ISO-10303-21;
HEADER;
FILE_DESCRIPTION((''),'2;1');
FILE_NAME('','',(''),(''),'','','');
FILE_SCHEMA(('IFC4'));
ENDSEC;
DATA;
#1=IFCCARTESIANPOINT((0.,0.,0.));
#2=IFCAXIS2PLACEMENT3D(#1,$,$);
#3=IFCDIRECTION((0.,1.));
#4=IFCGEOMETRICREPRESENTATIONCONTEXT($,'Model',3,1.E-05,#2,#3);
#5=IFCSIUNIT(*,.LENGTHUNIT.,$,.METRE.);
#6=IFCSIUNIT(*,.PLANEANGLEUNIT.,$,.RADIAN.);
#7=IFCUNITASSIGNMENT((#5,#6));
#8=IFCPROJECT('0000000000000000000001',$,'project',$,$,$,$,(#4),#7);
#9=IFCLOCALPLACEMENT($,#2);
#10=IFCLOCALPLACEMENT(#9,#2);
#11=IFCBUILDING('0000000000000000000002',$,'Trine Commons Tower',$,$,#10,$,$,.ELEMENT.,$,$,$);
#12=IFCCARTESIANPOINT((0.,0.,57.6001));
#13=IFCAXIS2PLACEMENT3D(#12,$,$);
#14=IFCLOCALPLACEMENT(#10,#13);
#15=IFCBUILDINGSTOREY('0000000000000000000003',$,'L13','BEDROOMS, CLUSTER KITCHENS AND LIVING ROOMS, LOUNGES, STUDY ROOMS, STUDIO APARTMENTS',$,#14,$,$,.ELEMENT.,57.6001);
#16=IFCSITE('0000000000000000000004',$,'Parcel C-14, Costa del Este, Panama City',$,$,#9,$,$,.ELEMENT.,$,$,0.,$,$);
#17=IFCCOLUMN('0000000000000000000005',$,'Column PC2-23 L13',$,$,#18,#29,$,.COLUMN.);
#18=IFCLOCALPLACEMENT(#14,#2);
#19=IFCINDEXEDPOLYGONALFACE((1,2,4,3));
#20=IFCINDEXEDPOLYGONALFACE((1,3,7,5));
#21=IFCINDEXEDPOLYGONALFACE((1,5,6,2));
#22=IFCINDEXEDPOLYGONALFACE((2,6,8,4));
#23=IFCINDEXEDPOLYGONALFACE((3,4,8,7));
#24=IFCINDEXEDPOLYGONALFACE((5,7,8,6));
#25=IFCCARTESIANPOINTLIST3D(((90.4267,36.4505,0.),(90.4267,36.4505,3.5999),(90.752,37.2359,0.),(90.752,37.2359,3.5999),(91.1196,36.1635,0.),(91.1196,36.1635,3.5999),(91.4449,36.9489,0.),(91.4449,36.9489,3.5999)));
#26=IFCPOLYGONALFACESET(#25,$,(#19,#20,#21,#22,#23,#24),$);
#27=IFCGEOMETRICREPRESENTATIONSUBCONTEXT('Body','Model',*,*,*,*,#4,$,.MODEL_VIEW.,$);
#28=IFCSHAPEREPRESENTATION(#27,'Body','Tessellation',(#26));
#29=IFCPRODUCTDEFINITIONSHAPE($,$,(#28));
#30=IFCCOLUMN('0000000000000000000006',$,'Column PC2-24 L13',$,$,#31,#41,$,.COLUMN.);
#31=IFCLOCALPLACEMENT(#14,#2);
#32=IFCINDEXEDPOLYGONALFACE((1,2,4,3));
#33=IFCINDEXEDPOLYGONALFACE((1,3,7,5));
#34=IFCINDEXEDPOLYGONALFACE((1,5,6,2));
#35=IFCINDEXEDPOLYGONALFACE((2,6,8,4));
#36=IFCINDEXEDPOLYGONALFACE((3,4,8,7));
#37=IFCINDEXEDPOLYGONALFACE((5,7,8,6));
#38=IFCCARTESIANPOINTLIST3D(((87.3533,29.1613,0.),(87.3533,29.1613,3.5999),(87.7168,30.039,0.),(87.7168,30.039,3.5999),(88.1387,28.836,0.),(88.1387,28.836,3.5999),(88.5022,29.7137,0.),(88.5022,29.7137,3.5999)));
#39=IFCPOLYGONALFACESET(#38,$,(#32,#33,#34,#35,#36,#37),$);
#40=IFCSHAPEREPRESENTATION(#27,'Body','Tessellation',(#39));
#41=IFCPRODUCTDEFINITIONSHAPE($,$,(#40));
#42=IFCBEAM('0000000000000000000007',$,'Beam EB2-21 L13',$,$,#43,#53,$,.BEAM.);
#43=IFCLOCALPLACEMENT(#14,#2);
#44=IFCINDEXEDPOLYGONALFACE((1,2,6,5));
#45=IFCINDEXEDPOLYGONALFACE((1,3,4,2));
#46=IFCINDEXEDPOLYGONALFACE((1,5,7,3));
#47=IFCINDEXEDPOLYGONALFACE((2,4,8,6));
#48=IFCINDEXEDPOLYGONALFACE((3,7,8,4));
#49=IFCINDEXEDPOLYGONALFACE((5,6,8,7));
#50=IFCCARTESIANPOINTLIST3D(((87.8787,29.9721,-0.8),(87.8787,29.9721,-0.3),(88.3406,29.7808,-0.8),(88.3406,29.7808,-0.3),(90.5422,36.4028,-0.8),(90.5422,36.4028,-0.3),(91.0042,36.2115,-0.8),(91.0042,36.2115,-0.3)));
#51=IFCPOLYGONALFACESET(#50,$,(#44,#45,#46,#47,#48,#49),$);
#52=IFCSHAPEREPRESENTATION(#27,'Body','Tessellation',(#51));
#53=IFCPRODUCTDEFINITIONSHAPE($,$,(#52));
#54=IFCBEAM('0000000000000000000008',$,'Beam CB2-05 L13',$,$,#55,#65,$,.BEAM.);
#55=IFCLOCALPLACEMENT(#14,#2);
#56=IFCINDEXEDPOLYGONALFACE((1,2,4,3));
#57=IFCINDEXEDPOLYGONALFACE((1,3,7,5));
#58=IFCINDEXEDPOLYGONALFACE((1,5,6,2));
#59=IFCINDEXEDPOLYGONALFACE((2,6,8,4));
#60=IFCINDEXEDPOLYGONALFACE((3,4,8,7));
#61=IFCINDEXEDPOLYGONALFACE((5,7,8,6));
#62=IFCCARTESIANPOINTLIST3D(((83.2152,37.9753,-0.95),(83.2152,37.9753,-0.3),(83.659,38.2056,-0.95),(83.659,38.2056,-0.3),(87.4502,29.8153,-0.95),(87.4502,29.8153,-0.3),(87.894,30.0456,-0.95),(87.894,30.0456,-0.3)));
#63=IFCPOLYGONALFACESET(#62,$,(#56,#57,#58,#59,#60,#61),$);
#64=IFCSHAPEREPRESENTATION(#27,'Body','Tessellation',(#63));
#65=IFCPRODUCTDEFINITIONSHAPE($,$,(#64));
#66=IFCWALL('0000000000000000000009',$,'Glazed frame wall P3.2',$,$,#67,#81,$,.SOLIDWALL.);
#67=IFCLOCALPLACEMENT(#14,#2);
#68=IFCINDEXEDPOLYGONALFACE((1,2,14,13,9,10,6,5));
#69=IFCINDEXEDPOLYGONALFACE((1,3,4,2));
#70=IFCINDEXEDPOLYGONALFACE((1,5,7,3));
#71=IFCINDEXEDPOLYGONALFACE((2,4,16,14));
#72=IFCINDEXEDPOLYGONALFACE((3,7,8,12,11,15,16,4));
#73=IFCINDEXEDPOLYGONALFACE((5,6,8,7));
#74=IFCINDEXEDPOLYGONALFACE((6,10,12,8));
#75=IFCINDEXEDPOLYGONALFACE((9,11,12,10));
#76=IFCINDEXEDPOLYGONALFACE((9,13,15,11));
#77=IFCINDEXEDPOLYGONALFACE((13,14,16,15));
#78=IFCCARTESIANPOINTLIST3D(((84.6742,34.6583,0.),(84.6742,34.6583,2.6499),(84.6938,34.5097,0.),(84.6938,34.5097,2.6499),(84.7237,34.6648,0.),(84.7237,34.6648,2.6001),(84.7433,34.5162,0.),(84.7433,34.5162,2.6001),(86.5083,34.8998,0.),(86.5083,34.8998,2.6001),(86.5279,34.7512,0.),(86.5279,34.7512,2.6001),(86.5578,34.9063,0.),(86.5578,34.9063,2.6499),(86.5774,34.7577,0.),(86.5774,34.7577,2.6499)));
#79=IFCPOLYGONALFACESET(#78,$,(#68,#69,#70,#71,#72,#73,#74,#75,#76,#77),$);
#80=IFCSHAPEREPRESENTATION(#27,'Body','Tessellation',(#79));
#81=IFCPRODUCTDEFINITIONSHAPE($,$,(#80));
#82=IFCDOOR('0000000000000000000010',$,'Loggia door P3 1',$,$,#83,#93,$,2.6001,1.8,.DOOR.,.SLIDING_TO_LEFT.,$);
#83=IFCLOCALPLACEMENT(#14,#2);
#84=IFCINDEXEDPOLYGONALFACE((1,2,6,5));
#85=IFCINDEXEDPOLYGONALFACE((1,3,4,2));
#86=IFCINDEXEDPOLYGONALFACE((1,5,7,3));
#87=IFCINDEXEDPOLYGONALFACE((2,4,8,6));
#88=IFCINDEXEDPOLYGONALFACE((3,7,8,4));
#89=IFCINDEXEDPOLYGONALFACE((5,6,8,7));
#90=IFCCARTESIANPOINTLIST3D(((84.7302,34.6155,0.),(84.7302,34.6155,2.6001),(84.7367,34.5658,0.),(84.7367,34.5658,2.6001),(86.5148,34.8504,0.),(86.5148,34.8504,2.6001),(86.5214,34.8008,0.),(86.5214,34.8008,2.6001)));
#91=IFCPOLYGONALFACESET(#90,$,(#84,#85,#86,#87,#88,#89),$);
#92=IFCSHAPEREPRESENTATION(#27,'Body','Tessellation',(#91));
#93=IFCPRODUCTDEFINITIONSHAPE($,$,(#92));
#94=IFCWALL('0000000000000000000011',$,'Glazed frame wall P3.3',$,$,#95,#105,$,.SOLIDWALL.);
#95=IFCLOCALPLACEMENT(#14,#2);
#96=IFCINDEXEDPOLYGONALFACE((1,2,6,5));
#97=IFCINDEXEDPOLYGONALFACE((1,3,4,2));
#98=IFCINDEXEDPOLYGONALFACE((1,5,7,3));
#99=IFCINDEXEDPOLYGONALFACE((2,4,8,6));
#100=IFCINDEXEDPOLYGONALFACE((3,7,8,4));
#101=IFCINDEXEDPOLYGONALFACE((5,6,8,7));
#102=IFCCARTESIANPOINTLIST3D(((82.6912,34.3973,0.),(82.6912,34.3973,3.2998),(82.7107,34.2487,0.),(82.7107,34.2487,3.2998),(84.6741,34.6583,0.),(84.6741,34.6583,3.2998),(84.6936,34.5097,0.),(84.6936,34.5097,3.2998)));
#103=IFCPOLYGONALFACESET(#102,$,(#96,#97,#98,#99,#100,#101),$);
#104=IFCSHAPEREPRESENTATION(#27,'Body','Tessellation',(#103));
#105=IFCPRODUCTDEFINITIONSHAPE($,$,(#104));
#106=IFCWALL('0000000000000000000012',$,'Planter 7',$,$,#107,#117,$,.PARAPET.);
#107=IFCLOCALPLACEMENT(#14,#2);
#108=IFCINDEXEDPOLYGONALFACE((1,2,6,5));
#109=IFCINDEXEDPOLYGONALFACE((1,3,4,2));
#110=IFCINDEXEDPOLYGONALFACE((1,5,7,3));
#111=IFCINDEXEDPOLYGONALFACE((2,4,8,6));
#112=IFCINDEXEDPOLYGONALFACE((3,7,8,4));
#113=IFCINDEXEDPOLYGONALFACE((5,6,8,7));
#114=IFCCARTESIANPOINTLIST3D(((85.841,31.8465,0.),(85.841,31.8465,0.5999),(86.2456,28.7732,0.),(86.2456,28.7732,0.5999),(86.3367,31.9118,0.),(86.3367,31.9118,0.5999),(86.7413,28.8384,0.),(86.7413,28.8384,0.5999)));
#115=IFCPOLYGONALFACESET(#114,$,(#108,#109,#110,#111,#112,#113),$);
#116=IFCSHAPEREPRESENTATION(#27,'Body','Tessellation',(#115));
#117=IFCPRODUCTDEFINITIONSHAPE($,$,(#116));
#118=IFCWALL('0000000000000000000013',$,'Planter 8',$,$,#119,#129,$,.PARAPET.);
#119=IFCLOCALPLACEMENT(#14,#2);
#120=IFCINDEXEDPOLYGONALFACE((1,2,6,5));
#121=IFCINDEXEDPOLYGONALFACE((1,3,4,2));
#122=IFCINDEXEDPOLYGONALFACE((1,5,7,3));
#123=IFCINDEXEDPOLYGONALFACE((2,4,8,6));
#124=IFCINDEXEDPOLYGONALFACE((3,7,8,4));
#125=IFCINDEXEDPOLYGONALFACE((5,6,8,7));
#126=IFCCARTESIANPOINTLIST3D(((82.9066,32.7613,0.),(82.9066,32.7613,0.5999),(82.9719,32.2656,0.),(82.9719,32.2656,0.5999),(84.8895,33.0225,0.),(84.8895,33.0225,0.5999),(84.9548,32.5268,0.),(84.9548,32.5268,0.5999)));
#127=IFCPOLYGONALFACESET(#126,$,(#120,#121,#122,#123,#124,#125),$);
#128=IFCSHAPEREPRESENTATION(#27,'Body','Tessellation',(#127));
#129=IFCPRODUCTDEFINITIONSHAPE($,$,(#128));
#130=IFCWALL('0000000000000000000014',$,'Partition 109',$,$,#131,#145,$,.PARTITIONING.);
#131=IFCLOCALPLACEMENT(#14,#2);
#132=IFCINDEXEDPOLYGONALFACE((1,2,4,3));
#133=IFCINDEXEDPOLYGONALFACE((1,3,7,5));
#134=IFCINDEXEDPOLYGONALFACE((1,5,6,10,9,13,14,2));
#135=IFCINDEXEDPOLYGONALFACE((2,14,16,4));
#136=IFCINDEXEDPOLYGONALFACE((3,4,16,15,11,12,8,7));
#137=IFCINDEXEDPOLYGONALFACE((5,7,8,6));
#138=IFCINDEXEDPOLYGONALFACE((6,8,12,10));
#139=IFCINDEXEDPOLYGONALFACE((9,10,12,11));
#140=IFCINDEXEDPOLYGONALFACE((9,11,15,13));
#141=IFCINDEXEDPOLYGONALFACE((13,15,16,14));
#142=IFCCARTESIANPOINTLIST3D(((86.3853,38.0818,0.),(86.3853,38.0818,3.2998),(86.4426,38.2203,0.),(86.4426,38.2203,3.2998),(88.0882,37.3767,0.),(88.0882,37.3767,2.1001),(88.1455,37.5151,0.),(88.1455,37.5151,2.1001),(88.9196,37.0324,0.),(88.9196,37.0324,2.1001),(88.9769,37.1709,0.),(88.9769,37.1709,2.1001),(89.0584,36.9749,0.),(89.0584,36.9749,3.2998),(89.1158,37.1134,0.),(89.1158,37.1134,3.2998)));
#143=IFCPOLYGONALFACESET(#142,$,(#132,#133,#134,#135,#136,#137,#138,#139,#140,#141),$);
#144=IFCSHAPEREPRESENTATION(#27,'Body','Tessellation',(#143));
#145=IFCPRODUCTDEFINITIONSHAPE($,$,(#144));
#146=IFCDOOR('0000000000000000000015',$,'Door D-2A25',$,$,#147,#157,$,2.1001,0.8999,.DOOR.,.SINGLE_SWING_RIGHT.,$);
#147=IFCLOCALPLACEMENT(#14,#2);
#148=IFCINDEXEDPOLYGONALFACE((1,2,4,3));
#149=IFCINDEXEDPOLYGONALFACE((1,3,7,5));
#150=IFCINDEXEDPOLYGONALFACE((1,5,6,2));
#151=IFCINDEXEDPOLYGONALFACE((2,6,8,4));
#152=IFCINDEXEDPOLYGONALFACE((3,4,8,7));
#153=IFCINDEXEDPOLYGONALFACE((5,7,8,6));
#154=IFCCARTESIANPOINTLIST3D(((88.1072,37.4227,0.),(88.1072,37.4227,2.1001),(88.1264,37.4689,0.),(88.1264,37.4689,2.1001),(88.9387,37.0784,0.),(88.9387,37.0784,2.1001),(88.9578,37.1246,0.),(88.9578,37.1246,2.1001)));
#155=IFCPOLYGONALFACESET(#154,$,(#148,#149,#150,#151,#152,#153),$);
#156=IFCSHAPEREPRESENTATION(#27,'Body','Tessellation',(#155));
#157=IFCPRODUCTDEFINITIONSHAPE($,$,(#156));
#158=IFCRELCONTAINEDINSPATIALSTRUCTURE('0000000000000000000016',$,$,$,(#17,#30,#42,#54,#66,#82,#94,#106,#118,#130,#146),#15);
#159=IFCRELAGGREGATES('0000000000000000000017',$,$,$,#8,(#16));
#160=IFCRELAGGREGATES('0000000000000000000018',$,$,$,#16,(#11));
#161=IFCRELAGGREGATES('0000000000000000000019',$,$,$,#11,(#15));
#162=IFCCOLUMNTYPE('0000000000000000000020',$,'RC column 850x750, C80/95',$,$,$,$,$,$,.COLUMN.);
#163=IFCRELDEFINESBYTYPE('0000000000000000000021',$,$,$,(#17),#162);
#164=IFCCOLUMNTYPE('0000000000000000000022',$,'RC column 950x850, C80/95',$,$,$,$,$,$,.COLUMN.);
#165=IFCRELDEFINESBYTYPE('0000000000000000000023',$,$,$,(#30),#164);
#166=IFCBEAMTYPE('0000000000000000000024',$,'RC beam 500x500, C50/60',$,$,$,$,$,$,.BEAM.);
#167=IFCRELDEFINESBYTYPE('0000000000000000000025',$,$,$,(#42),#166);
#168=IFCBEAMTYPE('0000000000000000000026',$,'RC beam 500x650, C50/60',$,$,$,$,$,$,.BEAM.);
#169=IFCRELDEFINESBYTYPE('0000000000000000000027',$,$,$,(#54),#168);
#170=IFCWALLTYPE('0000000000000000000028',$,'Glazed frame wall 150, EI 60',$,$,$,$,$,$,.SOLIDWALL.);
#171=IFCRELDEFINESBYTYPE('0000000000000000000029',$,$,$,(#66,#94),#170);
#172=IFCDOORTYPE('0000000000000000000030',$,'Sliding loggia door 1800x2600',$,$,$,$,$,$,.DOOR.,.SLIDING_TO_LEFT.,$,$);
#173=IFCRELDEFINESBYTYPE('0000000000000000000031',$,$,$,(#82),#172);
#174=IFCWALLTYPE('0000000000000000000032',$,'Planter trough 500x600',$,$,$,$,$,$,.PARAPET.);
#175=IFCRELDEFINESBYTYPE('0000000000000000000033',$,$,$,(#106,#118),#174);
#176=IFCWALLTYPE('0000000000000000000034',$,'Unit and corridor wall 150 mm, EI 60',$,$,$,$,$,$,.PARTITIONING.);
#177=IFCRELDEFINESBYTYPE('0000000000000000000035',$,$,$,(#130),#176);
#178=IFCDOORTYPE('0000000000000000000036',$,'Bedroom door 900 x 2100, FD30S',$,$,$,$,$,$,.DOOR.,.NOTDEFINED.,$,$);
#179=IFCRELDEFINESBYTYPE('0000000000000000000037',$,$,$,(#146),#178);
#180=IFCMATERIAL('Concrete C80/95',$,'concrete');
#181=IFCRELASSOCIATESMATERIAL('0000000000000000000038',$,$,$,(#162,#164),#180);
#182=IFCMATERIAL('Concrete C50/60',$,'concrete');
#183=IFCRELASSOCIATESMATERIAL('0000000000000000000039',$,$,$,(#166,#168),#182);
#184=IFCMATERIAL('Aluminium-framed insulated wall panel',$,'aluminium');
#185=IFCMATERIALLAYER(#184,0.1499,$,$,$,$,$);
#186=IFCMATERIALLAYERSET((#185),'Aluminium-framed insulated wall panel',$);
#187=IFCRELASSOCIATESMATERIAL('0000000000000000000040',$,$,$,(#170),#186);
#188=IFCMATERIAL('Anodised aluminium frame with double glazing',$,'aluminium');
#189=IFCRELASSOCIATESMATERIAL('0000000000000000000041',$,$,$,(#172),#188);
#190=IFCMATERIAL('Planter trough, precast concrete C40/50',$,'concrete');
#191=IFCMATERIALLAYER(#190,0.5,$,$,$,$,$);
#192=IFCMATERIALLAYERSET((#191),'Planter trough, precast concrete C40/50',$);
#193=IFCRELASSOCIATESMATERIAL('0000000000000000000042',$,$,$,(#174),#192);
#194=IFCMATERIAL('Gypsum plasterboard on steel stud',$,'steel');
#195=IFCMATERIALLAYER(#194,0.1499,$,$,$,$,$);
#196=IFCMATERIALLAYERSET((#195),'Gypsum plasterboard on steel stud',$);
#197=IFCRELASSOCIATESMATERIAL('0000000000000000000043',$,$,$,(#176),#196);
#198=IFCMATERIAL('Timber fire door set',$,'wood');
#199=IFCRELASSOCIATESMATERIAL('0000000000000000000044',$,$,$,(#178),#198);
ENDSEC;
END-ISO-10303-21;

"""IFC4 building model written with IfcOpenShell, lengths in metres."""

from ifc_helpers import new_model, si_unit, direction, frame, frame_2d, origin, origin_2d, place, context, subcontext, project, spatial, polyline, rectangle, outline, extrude, material, layer, layer_set, material_profile, profile_set, type_object, element, fill, save


model = new_model("IFC4")

# Units and contexts
model_context = context("Model", 3, precision=1e-05, world=origin(), true_north=direction((0.0, 1.0)))
body_context = subcontext(model_context, "Body", "Model", "MODEL_VIEW")
ifc_project = project(units=[si_unit("LENGTHUNIT", "METRE"), si_unit("PLANEANGLEUNIT", "RADIAN")], contexts=[model_context])

# Site, building, storey
site_placement = place(None, origin())
site = spatial("IfcSite", under=ifc_project, at=site_placement, Name="Parcel C-14, Costa del Este, Panama City", CompositionType="ELEMENT", RefElevation=0.0)
building_placement = place(site_placement, origin())
building = spatial("IfcBuilding", under=site, at=building_placement, Name="Trine Commons Tower", CompositionType="ELEMENT")
storey_placement = place(building_placement, frame((0.0, 0.0, 57.6001)))
storey = spatial("IfcBuildingStorey", under=building, at=storey_placement, Name="L13", Description="BEDROOMS, CLUSTER KITCHENS AND LIVING ROOMS, LOUNGES, STUDY ROOMS, STUDIO APARTMENTS", CompositionType="ELEMENT", Elevation=57.6001)

# Columns
ifc_material_1 = material(Name="Concrete C80/95", Category="concrete")
ifc_material_profile_1 = material_profile(ifc_material_1, rectangle(XDim=0.8501, YDim=0.75, at=origin_2d()), Name="RC 850x750")
ifc_profile_set_1 = profile_set([ifc_material_profile_1], Name="Concrete C80/95")
column_type_1 = type_object("IfcColumnType", Name="RC column 850x750, C80/95", PredefinedType="COLUMN", material=ifc_profile_set_1)
column_1_placement = place(storey_placement, frame((90.9358, 36.6997, 0.0), z_axis=(0.0, 0.0, 1.0), x_axis=(0.382683, 0.92388, 0.0)))
element("IfcColumn", 1, at=column_1_placement, inside=storey, type_object=column_type_1, Name="Column PC2-23 L13", PredefinedType="COLUMN", context=body_context, shape_type="SweptSolid", body=[
    extrude(rectangle(XDim=0.8501, YDim=0.75, at=origin_2d()), origin(), (0.0, 0.0, 1.0), 3.5999),
])
ifc_material_profile_2 = material_profile(ifc_material_1, rectangle(XDim=0.95, YDim=0.8501, at=origin_2d()), Name="RC 950x850")
ifc_profile_set_2 = profile_set([ifc_material_profile_2], Name="Concrete C80/95")
column_type_2 = type_object("IfcColumnType", Name="RC column 950x850, C80/95", PredefinedType="COLUMN", material=ifc_profile_set_2)
column_2_placement = place(storey_placement, frame((87.9277, 29.4375, 0.0), z_axis=(0.0, 0.0, 1.0), x_axis=(0.382683, 0.92388, 0.0)))
element("IfcColumn", 2, at=column_2_placement, inside=storey, type_object=column_type_2, Name="Column PC2-24 L13", PredefinedType="COLUMN", context=body_context, shape_type="SweptSolid", body=[
    extrude(rectangle(XDim=0.95, YDim=0.8501, at=origin_2d()), origin(), (0.0, 0.0, 1.0), 3.5999),
])

# Beams
ifc_material_2 = material(Name="Concrete C50/60", Category="concrete")
ifc_material_profile_3 = material_profile(ifc_material_2, rectangle(XDim=0.5, YDim=0.5, at=origin_2d()), Name="RC 500x500")
ifc_profile_set_3 = profile_set([ifc_material_profile_3], Name="Concrete C50/60")
beam_type_1 = type_object("IfcBeamType", Name="RC beam 500x500, C50/60", PredefinedType="BEAM", material=ifc_profile_set_3)
beam_1_placement = place(storey_placement, frame((90.7732, 36.3071, -0.55), z_axis=(-0.382672, -0.923884, 0.0), x_axis=(0.923884, -0.382672, 0.0)))
element("IfcBeam", 3, at=beam_1_placement, inside=storey, type_object=beam_type_1, Name="Beam EB2-21 L13", PredefinedType="BEAM", context=body_context, shape_type="SweptSolid", body=[
    extrude(rectangle(XDim=0.5, YDim=0.5, at=origin_2d()), origin(), (0.0, 0.0, 1.0), 6.9604),
])
ifc_material_profile_4 = material_profile(ifc_material_2, rectangle(XDim=0.5, YDim=0.6499, at=origin_2d()), Name="RC 500x650")
ifc_profile_set_4 = profile_set([ifc_material_profile_4], Name="Concrete C50/60")
beam_type_2 = type_object("IfcBeamType", Name="RC beam 500x650, C50/60", PredefinedType="BEAM", material=ifc_profile_set_4)
beam_2_placement = place(storey_placement, frame((87.6721, 29.9304, -0.625), z_axis=(-0.460653, 0.88758, 0.0), x_axis=(-0.88758, -0.460653, 0.0)))
element("IfcBeam", 4, at=beam_2_placement, inside=storey, type_object=beam_type_2, Name="Beam CB2-05 L13", PredefinedType="BEAM", context=body_context, shape_type="SweptSolid", body=[
    extrude(rectangle(XDim=0.5, YDim=0.6499, at=origin_2d()), origin(), (0.0, 0.0, 1.0), 9.1936),
])

# Shared definitions
ifc_material_3 = material(Name="Aluminium-framed insulated wall panel", Category="aluminium")
ifc_layer_1 = layer(ifc_material_3, 0.1499)
ifc_layer_set_1 = layer_set([ifc_layer_1], Name="Aluminium-framed insulated wall panel")
wall_type_1 = type_object("IfcWallType", Name="Glazed frame wall 150, EI 60", PredefinedType="SOLIDWALL", material=ifc_layer_set_1)

# Wall, opening, door
wall_1_placement = place(storey_placement, frame((86.5676, 34.832, 0.0), z_axis=(0.0, 0.0, 1.0), x_axis=(-0.991442, -0.130548, 0.0)))
wall_1 = element("IfcWall", 5, at=wall_1_placement, inside=storey, type_object=wall_type_1, Name="Glazed frame wall P3.2", PredefinedType="SOLIDWALL", context=body_context, shape_type="SweptSolid", body=[
    extrude(outline(polyline([(0.0, -0.075), (1.8999, -0.075), (1.8999, 0.075), (0.0, 0.075), (0.0, -0.075)])), origin(), (0.0, 0.0, 1.0), 2.6499),
])
opening_1_placement = place(wall_1_placement, frame((0.05, 0.0, 0.0)))
opening_1 = element("IfcOpeningElement", 6, at=opening_1_placement, cuts=wall_1, PredefinedType="OPENING", context=body_context, shape_type="SweptSolid", body=[
    extrude(rectangle(XDim=1.8, YDim=2.6001, at=frame_2d((0.8999, 1.3))), frame((0.0, 0.085, 0.0), z_axis=(0.0, -1.0, 0.0), x_axis=(1.0, 0.0, 0.0)), (0.0, 0.0, 1.0), 0.1699),
])
ifc_material_4 = material(Name="Anodised aluminium frame with double glazing", Category="aluminium")
door_type_1 = type_object("IfcDoorType", Name="Sliding loggia door 1800x2600", OperationType="SLIDING_TO_LEFT", PredefinedType="DOOR", material=ifc_material_4)
door_1_placement = place(opening_1_placement, origin())
door_1 = element("IfcDoor", 7, at=door_1_placement, inside=storey, type_object=door_type_1, Name="Loggia door P3 1", OperationType="SLIDING_TO_LEFT", OverallHeight=2.6001, OverallWidth=1.8, PredefinedType="DOOR", context=body_context, shape_type="SweptSolid", body=[
    extrude(rectangle(XDim=1.8, YDim=2.6001, at=frame_2d((0.8999, 1.3))), frame((0.0, 0.0249, 0.0), z_axis=(0.0, -1.0, 0.0), x_axis=(1.0, 0.0, 0.0)), (0.0, 0.0, 1.0), 0.05),
])
fill(opening_1, door_1)

# Walls
wall_2_placement = place(storey_placement, frame((84.6838, 34.584, 0.0), z_axis=(0.0, 0.0, 1.0), x_axis=(-0.991449, -0.130492, 0.0)))
element("IfcWall", 8, at=wall_2_placement, inside=storey, type_object=wall_type_1, Name="Glazed frame wall P3.3", PredefinedType="SOLIDWALL", context=body_context, shape_type="SweptSolid", body=[
    extrude(outline(polyline([(0.0, -0.075), (2.0, -0.075), (2.0, 0.075), (0.0, 0.075), (0.0, -0.075)])), origin(), (0.0, 0.0, 1.0), 3.2998),
])
ifc_material_5 = material(Name="Planter trough, precast concrete C40/50", Category="concrete")
ifc_layer_2 = layer(ifc_material_5, 0.5)
ifc_layer_set_2 = layer_set([ifc_layer_2], Name="Planter trough, precast concrete C40/50")
wall_type_2 = type_object("IfcWallType", Name="Planter trough 500x600", PredefinedType="PARAPET", material=ifc_layer_set_2)
wall_3_placement = place(storey_placement, frame((86.4934, 28.8059, 0.0), z_axis=(0.0, 0.0, 1.0), x_axis=(-0.130507, 0.991447, 0.0)))
element("IfcWall", 9, at=wall_3_placement, inside=storey, type_object=wall_type_2, Name="Planter 7", PredefinedType="PARAPET", context=body_context, shape_type="SweptSolid", body=[
    extrude(rectangle(XDim=3.0999, YDim=0.5, at=frame_2d((1.5498, 0.0))), origin(), (0.0, 0.0, 1.0), 0.5999),
])
wall_4_placement = place(storey_placement, frame((84.9221, 32.7747, 0.0), z_axis=(0.0, 0.0, 1.0), x_axis=(-0.991434, -0.130612, 0.0)))
element("IfcWall", 10, at=wall_4_placement, inside=storey, type_object=wall_type_2, Name="Planter 8", PredefinedType="PARAPET", context=body_context, shape_type="SweptSolid", body=[
    extrude(rectangle(XDim=2.0, YDim=0.5, at=frame_2d((1.0, 0.0))), origin(), (0.0, 0.0, 1.0), 0.5999),
])

# Wall, opening, door
ifc_material_6 = material(Name="Gypsum plasterboard on steel stud", Category="steel")
ifc_layer_3 = layer(ifc_material_6, 0.1499)
ifc_layer_set_3 = layer_set([ifc_layer_3], Name="Gypsum plasterboard on steel stud")
wall_type_3 = type_object("IfcWallType", Name="Unit and corridor wall 150 mm, EI 60", PredefinedType="PARTITIONING", material=ifc_layer_set_3)
wall_5_placement = place(storey_placement, frame((86.4138, 38.1511, 0.0), z_axis=(0.0, 0.0, 1.0), x_axis=(0.923916, -0.382595, 0.0)))
wall_5 = element("IfcWall", 11, at=wall_5_placement, inside=storey, type_object=wall_type_3, Name="Partition 109", PredefinedType="PARTITIONING", context=body_context, shape_type="SweptSolid", body=[
    extrude(rectangle(XDim=2.8933, YDim=0.1499, at=frame_2d((1.4468, 0.0))), origin(), (0.0, 0.0, 1.0), 3.2998),
])
opening_2_placement = place(wall_5_placement, frame((1.8433, 0.0, 0.0)))
opening_2 = element("IfcOpeningElement", 12, at=opening_2_placement, cuts=wall_5, PredefinedType="OPENING", context=body_context, shape_type="SweptSolid", body=[
    extrude(rectangle(XDim=0.8999, YDim=2.1001, at=frame_2d((0.45, 1.05))), frame((0.0, 0.085, 0.0), z_axis=(0.0, -1.0, 0.0), x_axis=(1.0, 0.0, 0.0)), (0.0, 0.0, 1.0), 0.1699),
])
ifc_material_7 = material(Name="Timber fire door set", Category="wood")
door_type_2 = type_object("IfcDoorType", Name="Bedroom door 900 x 2100, FD30S", OperationType="NOTDEFINED", PredefinedType="DOOR", material=ifc_material_7)
door_2_placement = place(opening_2_placement, origin())
door_2 = element("IfcDoor", 13, at=door_2_placement, inside=storey, type_object=door_type_2, Name="Door D-2A25", OperationType="SINGLE_SWING_RIGHT", OverallHeight=2.1001, OverallWidth=0.8999, PredefinedType="DOOR", context=body_context, shape_type="SweptSolid", body=[
    extrude(rectangle(XDim=0.8999, YDim=2.1001, at=frame_2d((0.45, 1.05))), frame((0.0, 0.0249, 0.0), z_axis=(0.0, -1.0, 0.0), x_axis=(1.0, 0.0, 0.0)), (0.0, 0.0, 1.0), 0.05),
])
fill(opening_2, door_2)

save(model, "model.ifc")
